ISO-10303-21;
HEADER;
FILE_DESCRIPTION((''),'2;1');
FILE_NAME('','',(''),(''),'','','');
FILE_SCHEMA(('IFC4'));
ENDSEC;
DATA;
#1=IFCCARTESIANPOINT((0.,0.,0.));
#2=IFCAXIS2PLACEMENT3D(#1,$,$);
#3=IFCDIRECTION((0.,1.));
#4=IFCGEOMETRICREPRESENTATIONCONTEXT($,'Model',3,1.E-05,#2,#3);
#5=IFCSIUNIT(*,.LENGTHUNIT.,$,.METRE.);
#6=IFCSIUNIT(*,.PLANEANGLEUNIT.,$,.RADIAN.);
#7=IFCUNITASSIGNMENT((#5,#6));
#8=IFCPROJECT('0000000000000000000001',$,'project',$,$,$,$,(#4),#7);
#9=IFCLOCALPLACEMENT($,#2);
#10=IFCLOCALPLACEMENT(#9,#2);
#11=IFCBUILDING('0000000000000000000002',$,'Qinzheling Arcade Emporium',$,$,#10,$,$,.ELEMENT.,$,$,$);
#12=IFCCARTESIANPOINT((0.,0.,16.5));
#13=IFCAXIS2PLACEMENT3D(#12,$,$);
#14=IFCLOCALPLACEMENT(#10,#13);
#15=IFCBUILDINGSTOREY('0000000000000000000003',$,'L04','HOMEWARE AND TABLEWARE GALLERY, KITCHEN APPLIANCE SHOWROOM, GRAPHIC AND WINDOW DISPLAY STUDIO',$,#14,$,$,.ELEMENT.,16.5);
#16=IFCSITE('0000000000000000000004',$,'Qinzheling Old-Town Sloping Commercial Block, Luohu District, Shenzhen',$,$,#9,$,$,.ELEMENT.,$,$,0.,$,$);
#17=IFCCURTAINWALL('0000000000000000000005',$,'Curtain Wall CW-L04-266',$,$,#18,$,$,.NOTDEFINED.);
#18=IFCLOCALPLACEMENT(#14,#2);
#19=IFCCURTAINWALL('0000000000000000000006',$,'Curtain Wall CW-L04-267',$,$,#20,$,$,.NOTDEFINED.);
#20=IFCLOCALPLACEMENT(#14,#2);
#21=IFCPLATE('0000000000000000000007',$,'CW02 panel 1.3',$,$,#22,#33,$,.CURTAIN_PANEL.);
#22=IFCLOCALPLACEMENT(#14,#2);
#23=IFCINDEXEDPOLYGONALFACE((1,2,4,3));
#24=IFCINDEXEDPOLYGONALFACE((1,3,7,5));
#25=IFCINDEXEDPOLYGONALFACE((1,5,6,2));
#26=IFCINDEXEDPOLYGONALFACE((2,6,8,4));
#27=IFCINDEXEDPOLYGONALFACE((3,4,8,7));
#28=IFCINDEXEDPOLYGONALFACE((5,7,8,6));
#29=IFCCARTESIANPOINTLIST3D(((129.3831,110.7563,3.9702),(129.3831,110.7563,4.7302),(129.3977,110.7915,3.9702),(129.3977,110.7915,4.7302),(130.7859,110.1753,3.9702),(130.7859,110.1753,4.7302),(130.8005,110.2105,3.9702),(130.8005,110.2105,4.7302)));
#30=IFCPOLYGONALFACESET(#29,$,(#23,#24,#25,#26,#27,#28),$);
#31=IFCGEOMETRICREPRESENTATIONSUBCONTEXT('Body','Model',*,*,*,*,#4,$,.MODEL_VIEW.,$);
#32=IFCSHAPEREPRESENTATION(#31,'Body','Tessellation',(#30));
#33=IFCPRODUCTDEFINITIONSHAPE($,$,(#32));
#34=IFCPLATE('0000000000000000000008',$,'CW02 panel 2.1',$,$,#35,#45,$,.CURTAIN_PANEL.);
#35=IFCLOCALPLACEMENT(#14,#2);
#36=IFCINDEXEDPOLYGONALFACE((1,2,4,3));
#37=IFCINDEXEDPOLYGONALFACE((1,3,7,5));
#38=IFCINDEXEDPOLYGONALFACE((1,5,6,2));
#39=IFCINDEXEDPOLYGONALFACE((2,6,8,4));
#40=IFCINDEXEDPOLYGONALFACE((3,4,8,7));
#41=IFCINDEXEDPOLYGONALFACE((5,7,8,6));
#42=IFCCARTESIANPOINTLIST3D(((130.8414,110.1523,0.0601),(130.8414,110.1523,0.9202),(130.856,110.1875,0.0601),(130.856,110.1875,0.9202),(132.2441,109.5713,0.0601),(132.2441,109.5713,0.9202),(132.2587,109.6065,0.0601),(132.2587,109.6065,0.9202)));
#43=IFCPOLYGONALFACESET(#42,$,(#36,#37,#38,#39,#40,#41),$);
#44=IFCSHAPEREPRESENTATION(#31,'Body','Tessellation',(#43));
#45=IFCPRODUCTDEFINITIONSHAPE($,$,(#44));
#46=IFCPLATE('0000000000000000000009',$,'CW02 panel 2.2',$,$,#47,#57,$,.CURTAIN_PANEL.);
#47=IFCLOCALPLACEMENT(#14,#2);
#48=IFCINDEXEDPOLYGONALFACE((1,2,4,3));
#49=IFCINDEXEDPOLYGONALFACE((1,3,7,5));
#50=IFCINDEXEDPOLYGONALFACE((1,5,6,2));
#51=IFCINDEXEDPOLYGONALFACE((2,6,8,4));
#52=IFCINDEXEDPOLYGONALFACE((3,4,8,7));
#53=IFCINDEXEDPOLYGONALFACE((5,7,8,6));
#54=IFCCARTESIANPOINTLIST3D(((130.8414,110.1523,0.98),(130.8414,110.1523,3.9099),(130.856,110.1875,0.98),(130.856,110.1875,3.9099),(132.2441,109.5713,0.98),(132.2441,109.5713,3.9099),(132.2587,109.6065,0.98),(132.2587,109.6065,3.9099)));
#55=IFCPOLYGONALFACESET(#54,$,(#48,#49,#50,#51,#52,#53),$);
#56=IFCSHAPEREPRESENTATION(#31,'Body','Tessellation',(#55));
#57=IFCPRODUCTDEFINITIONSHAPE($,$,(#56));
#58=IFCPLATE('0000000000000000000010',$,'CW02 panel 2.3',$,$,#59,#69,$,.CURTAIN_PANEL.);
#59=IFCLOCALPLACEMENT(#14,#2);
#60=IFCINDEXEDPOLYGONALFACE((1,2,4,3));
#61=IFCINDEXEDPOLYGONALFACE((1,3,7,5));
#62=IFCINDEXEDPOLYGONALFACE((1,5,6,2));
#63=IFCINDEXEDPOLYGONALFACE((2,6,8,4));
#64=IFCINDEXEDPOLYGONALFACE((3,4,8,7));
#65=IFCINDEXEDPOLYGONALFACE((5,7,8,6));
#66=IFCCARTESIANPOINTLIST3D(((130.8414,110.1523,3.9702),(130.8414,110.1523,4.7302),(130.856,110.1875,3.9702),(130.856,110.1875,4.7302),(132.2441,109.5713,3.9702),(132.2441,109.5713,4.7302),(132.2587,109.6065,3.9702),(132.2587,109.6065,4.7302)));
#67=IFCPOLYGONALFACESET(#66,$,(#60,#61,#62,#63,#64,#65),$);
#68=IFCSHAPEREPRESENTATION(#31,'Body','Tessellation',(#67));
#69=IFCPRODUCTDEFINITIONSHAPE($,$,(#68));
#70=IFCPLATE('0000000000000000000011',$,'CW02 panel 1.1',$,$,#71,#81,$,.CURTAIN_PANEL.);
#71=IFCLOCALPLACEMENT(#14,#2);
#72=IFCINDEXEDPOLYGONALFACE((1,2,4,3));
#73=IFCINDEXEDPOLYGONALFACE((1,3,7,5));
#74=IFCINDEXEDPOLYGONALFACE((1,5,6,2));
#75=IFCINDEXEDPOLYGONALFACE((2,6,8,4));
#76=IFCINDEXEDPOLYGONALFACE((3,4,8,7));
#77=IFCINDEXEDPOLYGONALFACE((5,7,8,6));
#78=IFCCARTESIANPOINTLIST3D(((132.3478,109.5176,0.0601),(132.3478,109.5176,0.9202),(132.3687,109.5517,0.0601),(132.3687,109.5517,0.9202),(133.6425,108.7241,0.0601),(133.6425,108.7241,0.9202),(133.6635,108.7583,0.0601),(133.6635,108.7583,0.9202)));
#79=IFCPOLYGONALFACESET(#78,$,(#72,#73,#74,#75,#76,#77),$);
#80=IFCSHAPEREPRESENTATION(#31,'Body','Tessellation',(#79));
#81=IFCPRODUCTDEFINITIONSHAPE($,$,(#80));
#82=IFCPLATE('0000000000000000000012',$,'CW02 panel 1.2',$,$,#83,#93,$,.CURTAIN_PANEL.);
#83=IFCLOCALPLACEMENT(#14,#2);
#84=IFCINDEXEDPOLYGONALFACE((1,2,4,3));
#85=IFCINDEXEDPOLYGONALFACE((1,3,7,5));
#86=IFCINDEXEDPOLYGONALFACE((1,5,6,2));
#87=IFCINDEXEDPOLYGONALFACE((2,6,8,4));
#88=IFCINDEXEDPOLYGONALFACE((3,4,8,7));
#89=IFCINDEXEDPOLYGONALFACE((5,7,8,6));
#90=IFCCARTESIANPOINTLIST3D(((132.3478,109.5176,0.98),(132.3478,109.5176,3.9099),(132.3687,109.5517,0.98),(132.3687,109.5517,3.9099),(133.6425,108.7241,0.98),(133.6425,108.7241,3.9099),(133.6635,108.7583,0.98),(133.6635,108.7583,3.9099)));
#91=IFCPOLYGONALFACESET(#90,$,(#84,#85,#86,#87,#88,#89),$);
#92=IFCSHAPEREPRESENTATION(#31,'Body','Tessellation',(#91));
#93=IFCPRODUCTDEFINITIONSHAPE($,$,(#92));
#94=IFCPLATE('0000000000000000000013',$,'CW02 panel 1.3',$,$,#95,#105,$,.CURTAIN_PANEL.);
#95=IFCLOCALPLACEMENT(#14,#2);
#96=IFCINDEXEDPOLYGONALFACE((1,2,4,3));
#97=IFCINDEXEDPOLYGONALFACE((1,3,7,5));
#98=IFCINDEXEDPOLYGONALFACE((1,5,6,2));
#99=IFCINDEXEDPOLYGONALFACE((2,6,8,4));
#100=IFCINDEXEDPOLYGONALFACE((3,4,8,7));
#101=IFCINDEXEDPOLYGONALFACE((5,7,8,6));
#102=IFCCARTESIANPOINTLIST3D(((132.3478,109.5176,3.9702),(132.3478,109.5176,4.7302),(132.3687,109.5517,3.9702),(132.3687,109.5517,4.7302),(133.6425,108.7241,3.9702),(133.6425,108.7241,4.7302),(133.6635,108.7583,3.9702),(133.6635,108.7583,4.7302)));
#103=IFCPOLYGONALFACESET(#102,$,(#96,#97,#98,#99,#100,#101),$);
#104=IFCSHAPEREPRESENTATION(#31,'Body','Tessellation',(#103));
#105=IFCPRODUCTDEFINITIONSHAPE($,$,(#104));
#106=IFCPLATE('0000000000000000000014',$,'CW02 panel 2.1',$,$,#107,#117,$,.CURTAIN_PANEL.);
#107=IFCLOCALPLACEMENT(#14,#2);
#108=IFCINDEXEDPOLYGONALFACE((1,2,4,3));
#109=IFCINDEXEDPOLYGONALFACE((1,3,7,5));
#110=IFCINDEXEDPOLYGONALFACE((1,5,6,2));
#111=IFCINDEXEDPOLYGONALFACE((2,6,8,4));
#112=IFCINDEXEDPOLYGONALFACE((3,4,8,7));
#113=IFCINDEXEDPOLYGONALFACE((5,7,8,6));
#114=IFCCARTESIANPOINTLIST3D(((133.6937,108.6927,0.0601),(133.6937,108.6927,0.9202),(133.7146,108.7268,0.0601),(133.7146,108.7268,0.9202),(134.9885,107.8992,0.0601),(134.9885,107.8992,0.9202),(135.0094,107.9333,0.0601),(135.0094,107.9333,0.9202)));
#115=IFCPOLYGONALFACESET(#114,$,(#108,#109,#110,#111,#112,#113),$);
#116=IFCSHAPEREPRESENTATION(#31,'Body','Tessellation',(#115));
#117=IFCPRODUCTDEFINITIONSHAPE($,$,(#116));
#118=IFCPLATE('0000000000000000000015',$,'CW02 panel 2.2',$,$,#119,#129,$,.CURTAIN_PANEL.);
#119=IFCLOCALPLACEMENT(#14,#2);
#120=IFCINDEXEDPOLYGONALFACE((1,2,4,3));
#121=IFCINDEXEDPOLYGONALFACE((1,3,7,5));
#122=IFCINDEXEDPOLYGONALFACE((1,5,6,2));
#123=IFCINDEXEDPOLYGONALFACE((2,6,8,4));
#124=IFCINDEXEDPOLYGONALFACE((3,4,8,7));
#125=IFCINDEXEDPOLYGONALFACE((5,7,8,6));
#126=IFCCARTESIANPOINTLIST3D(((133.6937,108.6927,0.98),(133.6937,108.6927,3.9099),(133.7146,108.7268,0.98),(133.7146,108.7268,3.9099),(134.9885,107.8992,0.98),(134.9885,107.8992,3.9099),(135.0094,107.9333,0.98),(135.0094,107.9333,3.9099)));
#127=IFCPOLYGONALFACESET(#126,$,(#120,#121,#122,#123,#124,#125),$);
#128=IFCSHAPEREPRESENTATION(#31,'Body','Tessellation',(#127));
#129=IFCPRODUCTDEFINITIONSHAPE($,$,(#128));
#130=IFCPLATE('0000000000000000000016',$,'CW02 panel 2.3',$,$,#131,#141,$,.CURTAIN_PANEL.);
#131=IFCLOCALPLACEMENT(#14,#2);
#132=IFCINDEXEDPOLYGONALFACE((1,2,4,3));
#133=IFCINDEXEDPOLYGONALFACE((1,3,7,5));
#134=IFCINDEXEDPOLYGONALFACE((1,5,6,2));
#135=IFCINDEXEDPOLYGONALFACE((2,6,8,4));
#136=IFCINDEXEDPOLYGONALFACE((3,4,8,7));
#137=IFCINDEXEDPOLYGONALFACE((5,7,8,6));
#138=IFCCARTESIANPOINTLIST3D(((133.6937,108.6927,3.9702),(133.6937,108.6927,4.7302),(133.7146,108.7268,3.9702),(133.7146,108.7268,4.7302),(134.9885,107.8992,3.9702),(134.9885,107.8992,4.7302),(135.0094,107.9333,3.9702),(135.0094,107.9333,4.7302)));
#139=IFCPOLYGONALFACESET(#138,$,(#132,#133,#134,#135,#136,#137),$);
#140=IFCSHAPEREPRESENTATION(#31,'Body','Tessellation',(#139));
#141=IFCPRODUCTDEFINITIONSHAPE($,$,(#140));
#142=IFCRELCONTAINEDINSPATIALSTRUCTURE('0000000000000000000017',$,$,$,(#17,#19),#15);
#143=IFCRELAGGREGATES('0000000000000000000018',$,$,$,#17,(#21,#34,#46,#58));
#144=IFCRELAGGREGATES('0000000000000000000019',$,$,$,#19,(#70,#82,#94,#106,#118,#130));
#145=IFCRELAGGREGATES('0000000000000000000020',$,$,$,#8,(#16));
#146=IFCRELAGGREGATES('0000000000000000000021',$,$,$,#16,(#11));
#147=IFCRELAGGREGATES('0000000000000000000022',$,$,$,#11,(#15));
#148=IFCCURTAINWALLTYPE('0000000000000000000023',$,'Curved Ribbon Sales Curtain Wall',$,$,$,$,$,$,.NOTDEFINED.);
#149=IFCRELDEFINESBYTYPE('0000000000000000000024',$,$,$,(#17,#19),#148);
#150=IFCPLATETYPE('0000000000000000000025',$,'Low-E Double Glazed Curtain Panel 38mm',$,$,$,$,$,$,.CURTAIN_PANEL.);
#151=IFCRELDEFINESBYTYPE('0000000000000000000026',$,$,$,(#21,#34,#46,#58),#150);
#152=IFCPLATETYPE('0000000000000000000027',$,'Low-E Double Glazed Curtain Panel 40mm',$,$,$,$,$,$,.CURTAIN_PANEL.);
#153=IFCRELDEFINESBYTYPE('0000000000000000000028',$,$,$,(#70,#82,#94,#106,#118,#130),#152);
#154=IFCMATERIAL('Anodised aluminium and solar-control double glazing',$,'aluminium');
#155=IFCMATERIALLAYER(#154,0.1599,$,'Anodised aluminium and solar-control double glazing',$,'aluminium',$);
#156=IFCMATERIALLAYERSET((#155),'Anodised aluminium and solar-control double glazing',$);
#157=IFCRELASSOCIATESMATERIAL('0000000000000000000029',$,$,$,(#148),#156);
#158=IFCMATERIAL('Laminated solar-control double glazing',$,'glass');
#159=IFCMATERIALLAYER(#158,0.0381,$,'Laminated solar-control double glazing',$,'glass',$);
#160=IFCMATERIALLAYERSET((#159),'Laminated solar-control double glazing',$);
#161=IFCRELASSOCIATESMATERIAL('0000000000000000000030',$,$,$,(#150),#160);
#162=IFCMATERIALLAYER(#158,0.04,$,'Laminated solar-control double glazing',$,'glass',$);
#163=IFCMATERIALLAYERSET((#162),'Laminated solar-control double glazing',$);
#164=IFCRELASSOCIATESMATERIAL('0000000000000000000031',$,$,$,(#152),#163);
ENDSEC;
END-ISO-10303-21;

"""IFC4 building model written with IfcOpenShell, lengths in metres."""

from ifc_helpers import new_model, si_unit, direction, frame, origin, origin_2d, place, context, subcontext, project, spatial, rectangle, extrude, material, layer, layer_set, type_object, element, aggregate, save


model = new_model("IFC4")

# Units and contexts
model_context = context("Model", 3, precision=1e-05, world=origin(), true_north=direction((0.0, 1.0)))
body_context = subcontext(model_context, "Body", "Model", "MODEL_VIEW")
ifc_project = project(units=[si_unit("LENGTHUNIT", "METRE"), si_unit("PLANEANGLEUNIT", "RADIAN")], contexts=[model_context])

# Site, building, storey
site_placement = place(None, origin())
site = spatial("IfcSite", under=ifc_project, at=site_placement, Name="Qinzheling Old-Town Sloping Commercial Block, Luohu District, Shenzhen", CompositionType="ELEMENT", RefElevation=0.0)
building_placement = place(site_placement, origin())
building = spatial("IfcBuilding", under=site, at=building_placement, Name="Qinzheling Arcade Emporium", CompositionType="ELEMENT")
storey_placement = place(building_placement, frame((0.0, 0.0, 16.5)))
storey = spatial("IfcBuildingStorey", under=building, at=storey_placement, Name="L04", Description="HOMEWARE AND TABLEWARE GALLERY, KITCHEN APPLIANCE SHOWROOM, GRAPHIC AND WINDOW DISPLAY STUDIO", CompositionType="ELEMENT", Elevation=16.5)

# Curtain walls
ifc_material_1 = material(Name="Anodised aluminium and solar-control double glazing", Category="aluminium")
ifc_layer_1 = layer(ifc_material_1, 0.1599, Name="Anodised aluminium and solar-control double glazing", Category="aluminium")
ifc_layer_set_1 = layer_set([ifc_layer_1], Name="Anodised aluminium and solar-control double glazing")
curtain_wall_type = type_object("IfcCurtainWallType", Name="Curved Ribbon Sales Curtain Wall", PredefinedType="NOTDEFINED", material=ifc_layer_set_1)
curtain_wall_1_placement = place(storey_placement, origin())
curtain_wall_1 = element("IfcCurtainWall", 1, at=curtain_wall_1_placement, inside=storey, type_object=curtain_wall_type, Name="Curtain Wall CW-L04-266", PredefinedType="NOTDEFINED")
curtain_wall_2_placement = place(storey_placement, origin())
curtain_wall_2 = element("IfcCurtainWall", 2, at=curtain_wall_2_placement, inside=storey, type_object=curtain_wall_type, Name="Curtain Wall CW-L04-267", PredefinedType="NOTDEFINED")

# Plates
ifc_material_2 = material(Name="Laminated solar-control double glazing", Category="glass")
ifc_layer_2 = layer(ifc_material_2, 0.0381, Name="Laminated solar-control double glazing", Category="glass")
ifc_layer_set_2 = layer_set([ifc_layer_2], Name="Laminated solar-control double glazing")
plate_type_1 = type_object("IfcPlateType", Name="Low-E Double Glazed Curtain Panel 38mm", PredefinedType="CURTAIN_PANEL", material=ifc_layer_set_2)
plate_1_placement = place(storey_placement, frame((130.0918, 110.4834, 3.9702), z_axis=(0.0, 0.0, 1.0), x_axis=(0.923884, -0.382672, 0.0)))
plate_1 = element("IfcPlate", 3, at=plate_1_placement, type_object=plate_type_1, Name="CW02 panel 1.3", PredefinedType="CURTAIN_PANEL", context=body_context, shape_type="SweptSolid", body=[
    extrude(rectangle(XDim=1.5183, YDim=0.0381, at=origin_2d()), origin(), (0.0, 0.0, 1.0), 0.76),
])
plate_2_placement = place(storey_placement, frame((131.55, 109.8794, 0.0601), z_axis=(0.0, 0.0, 1.0), x_axis=(0.923884, -0.382672, 0.0)))
plate_2 = element("IfcPlate", 4, at=plate_2_placement, type_object=plate_type_1, Name="CW02 panel 2.1", PredefinedType="CURTAIN_PANEL", context=body_context, shape_type="SweptSolid", body=[
    extrude(rectangle(XDim=1.5183, YDim=0.0381, at=origin_2d()), origin(), (0.0, 0.0, 1.0), 0.8601),
])
plate_3_placement = place(storey_placement, frame((131.55, 109.8794, 0.98), z_axis=(0.0, 0.0, 1.0), x_axis=(0.923884, -0.382672, 0.0)))
plate_3 = element("IfcPlate", 5, at=plate_3_placement, type_object=plate_type_1, Name="CW02 panel 2.2", PredefinedType="CURTAIN_PANEL", context=body_context, shape_type="SweptSolid", body=[
    extrude(rectangle(XDim=1.5183, YDim=0.0381, at=origin_2d()), origin(), (0.0, 0.0, 1.0), 2.9299),
])
plate_4_placement = place(storey_placement, frame((131.55, 109.8794, 3.9702), z_axis=(0.0, 0.0, 1.0), x_axis=(0.923884, -0.382672, 0.0)))
plate_4 = element("IfcPlate", 6, at=plate_4_placement, type_object=plate_type_1, Name="CW02 panel 2.3", PredefinedType="CURTAIN_PANEL", context=body_context, shape_type="SweptSolid", body=[
    extrude(rectangle(XDim=1.5183, YDim=0.0381, at=origin_2d()), origin(), (0.0, 0.0, 1.0), 0.76),
])
aggregate(curtain_wall_1, [plate_1, plate_2, plate_3, plate_4])
ifc_layer_3 = layer(ifc_material_2, 0.04, Name="Laminated solar-control double glazing", Category="glass")
ifc_layer_set_3 = layer_set([ifc_layer_3], Name="Laminated solar-control double glazing")
plate_type_2 = type_object("IfcPlateType", Name="Low-E Double Glazed Curtain Panel 40mm", PredefinedType="CURTAIN_PANEL", material=ifc_layer_set_3)
plate_5_placement = place(storey_placement, frame((133.0056, 109.1379, 0.0601), z_axis=(0.0, 0.0, 1.0), x_axis=(0.852628, -0.522518, 0.0)))
plate_5 = element("IfcPlate", 7, at=plate_5_placement, type_object=plate_type_2, Name="CW02 panel 1.1", PredefinedType="CURTAIN_PANEL", context=body_context, shape_type="SweptSolid", body=[
    extrude(rectangle(XDim=1.5186, YDim=0.04, at=origin_2d()), origin(), (0.0, 0.0, 1.0), 0.8601),
])
plate_6_placement = place(storey_placement, frame((133.0056, 109.1379, 0.98), z_axis=(0.0, 0.0, 1.0), x_axis=(0.852628, -0.522518, 0.0)))
plate_6 = element("IfcPlate", 8, at=plate_6_placement, type_object=plate_type_2, Name="CW02 panel 1.2", PredefinedType="CURTAIN_PANEL", context=body_context, shape_type="SweptSolid", body=[
    extrude(rectangle(XDim=1.5186, YDim=0.04, at=origin_2d()), origin(), (0.0, 0.0, 1.0), 2.9299),
])
plate_7_placement = place(storey_placement, frame((133.0056, 109.1379, 3.9702), z_axis=(0.0, 0.0, 1.0), x_axis=(0.852628, -0.522518, 0.0)))
plate_7 = element("IfcPlate", 9, at=plate_7_placement, type_object=plate_type_2, Name="CW02 panel 1.3", PredefinedType="CURTAIN_PANEL", context=body_context, shape_type="SweptSolid", body=[
    extrude(rectangle(XDim=1.5186, YDim=0.04, at=origin_2d()), origin(), (0.0, 0.0, 1.0), 0.76),
])
plate_8_placement = place(storey_placement, frame((134.3516, 108.313, 0.0601), z_axis=(0.0, 0.0, 1.0), x_axis=(0.852628, -0.522518, 0.0)))
plate_8 = element("IfcPlate", 10, at=plate_8_placement, type_object=plate_type_2, Name="CW02 panel 2.1", PredefinedType="CURTAIN_PANEL", context=body_context, shape_type="SweptSolid", body=[
    extrude(rectangle(XDim=1.5186, YDim=0.04, at=origin_2d()), origin(), (0.0, 0.0, 1.0), 0.8601),
])
plate_9_placement = place(storey_placement, frame((134.3516, 108.313, 0.98), z_axis=(0.0, 0.0, 1.0), x_axis=(0.852628, -0.522518, 0.0)))
plate_9 = element("IfcPlate", 11, at=plate_9_placement, type_object=plate_type_2, Name="CW02 panel 2.2", PredefinedType="CURTAIN_PANEL", context=body_context, shape_type="SweptSolid", body=[
    extrude(rectangle(XDim=1.5186, YDim=0.04, at=origin_2d()), origin(), (0.0, 0.0, 1.0), 2.9299),
])
plate_10_placement = place(storey_placement, frame((134.3516, 108.313, 3.9702), z_axis=(0.0, 0.0, 1.0), x_axis=(0.852628, -0.522518, 0.0)))
plate_10 = element("IfcPlate", 12, at=plate_10_placement, type_object=plate_type_2, Name="CW02 panel 2.3", PredefinedType="CURTAIN_PANEL", context=body_context, shape_type="SweptSolid", body=[
    extrude(rectangle(XDim=1.5186, YDim=0.04, at=origin_2d()), origin(), (0.0, 0.0, 1.0), 0.76),
])
aggregate(curtain_wall_2, [plate_5, plate_6, plate_7, plate_8, plate_9, plate_10])

save(model, "model.ifc")
